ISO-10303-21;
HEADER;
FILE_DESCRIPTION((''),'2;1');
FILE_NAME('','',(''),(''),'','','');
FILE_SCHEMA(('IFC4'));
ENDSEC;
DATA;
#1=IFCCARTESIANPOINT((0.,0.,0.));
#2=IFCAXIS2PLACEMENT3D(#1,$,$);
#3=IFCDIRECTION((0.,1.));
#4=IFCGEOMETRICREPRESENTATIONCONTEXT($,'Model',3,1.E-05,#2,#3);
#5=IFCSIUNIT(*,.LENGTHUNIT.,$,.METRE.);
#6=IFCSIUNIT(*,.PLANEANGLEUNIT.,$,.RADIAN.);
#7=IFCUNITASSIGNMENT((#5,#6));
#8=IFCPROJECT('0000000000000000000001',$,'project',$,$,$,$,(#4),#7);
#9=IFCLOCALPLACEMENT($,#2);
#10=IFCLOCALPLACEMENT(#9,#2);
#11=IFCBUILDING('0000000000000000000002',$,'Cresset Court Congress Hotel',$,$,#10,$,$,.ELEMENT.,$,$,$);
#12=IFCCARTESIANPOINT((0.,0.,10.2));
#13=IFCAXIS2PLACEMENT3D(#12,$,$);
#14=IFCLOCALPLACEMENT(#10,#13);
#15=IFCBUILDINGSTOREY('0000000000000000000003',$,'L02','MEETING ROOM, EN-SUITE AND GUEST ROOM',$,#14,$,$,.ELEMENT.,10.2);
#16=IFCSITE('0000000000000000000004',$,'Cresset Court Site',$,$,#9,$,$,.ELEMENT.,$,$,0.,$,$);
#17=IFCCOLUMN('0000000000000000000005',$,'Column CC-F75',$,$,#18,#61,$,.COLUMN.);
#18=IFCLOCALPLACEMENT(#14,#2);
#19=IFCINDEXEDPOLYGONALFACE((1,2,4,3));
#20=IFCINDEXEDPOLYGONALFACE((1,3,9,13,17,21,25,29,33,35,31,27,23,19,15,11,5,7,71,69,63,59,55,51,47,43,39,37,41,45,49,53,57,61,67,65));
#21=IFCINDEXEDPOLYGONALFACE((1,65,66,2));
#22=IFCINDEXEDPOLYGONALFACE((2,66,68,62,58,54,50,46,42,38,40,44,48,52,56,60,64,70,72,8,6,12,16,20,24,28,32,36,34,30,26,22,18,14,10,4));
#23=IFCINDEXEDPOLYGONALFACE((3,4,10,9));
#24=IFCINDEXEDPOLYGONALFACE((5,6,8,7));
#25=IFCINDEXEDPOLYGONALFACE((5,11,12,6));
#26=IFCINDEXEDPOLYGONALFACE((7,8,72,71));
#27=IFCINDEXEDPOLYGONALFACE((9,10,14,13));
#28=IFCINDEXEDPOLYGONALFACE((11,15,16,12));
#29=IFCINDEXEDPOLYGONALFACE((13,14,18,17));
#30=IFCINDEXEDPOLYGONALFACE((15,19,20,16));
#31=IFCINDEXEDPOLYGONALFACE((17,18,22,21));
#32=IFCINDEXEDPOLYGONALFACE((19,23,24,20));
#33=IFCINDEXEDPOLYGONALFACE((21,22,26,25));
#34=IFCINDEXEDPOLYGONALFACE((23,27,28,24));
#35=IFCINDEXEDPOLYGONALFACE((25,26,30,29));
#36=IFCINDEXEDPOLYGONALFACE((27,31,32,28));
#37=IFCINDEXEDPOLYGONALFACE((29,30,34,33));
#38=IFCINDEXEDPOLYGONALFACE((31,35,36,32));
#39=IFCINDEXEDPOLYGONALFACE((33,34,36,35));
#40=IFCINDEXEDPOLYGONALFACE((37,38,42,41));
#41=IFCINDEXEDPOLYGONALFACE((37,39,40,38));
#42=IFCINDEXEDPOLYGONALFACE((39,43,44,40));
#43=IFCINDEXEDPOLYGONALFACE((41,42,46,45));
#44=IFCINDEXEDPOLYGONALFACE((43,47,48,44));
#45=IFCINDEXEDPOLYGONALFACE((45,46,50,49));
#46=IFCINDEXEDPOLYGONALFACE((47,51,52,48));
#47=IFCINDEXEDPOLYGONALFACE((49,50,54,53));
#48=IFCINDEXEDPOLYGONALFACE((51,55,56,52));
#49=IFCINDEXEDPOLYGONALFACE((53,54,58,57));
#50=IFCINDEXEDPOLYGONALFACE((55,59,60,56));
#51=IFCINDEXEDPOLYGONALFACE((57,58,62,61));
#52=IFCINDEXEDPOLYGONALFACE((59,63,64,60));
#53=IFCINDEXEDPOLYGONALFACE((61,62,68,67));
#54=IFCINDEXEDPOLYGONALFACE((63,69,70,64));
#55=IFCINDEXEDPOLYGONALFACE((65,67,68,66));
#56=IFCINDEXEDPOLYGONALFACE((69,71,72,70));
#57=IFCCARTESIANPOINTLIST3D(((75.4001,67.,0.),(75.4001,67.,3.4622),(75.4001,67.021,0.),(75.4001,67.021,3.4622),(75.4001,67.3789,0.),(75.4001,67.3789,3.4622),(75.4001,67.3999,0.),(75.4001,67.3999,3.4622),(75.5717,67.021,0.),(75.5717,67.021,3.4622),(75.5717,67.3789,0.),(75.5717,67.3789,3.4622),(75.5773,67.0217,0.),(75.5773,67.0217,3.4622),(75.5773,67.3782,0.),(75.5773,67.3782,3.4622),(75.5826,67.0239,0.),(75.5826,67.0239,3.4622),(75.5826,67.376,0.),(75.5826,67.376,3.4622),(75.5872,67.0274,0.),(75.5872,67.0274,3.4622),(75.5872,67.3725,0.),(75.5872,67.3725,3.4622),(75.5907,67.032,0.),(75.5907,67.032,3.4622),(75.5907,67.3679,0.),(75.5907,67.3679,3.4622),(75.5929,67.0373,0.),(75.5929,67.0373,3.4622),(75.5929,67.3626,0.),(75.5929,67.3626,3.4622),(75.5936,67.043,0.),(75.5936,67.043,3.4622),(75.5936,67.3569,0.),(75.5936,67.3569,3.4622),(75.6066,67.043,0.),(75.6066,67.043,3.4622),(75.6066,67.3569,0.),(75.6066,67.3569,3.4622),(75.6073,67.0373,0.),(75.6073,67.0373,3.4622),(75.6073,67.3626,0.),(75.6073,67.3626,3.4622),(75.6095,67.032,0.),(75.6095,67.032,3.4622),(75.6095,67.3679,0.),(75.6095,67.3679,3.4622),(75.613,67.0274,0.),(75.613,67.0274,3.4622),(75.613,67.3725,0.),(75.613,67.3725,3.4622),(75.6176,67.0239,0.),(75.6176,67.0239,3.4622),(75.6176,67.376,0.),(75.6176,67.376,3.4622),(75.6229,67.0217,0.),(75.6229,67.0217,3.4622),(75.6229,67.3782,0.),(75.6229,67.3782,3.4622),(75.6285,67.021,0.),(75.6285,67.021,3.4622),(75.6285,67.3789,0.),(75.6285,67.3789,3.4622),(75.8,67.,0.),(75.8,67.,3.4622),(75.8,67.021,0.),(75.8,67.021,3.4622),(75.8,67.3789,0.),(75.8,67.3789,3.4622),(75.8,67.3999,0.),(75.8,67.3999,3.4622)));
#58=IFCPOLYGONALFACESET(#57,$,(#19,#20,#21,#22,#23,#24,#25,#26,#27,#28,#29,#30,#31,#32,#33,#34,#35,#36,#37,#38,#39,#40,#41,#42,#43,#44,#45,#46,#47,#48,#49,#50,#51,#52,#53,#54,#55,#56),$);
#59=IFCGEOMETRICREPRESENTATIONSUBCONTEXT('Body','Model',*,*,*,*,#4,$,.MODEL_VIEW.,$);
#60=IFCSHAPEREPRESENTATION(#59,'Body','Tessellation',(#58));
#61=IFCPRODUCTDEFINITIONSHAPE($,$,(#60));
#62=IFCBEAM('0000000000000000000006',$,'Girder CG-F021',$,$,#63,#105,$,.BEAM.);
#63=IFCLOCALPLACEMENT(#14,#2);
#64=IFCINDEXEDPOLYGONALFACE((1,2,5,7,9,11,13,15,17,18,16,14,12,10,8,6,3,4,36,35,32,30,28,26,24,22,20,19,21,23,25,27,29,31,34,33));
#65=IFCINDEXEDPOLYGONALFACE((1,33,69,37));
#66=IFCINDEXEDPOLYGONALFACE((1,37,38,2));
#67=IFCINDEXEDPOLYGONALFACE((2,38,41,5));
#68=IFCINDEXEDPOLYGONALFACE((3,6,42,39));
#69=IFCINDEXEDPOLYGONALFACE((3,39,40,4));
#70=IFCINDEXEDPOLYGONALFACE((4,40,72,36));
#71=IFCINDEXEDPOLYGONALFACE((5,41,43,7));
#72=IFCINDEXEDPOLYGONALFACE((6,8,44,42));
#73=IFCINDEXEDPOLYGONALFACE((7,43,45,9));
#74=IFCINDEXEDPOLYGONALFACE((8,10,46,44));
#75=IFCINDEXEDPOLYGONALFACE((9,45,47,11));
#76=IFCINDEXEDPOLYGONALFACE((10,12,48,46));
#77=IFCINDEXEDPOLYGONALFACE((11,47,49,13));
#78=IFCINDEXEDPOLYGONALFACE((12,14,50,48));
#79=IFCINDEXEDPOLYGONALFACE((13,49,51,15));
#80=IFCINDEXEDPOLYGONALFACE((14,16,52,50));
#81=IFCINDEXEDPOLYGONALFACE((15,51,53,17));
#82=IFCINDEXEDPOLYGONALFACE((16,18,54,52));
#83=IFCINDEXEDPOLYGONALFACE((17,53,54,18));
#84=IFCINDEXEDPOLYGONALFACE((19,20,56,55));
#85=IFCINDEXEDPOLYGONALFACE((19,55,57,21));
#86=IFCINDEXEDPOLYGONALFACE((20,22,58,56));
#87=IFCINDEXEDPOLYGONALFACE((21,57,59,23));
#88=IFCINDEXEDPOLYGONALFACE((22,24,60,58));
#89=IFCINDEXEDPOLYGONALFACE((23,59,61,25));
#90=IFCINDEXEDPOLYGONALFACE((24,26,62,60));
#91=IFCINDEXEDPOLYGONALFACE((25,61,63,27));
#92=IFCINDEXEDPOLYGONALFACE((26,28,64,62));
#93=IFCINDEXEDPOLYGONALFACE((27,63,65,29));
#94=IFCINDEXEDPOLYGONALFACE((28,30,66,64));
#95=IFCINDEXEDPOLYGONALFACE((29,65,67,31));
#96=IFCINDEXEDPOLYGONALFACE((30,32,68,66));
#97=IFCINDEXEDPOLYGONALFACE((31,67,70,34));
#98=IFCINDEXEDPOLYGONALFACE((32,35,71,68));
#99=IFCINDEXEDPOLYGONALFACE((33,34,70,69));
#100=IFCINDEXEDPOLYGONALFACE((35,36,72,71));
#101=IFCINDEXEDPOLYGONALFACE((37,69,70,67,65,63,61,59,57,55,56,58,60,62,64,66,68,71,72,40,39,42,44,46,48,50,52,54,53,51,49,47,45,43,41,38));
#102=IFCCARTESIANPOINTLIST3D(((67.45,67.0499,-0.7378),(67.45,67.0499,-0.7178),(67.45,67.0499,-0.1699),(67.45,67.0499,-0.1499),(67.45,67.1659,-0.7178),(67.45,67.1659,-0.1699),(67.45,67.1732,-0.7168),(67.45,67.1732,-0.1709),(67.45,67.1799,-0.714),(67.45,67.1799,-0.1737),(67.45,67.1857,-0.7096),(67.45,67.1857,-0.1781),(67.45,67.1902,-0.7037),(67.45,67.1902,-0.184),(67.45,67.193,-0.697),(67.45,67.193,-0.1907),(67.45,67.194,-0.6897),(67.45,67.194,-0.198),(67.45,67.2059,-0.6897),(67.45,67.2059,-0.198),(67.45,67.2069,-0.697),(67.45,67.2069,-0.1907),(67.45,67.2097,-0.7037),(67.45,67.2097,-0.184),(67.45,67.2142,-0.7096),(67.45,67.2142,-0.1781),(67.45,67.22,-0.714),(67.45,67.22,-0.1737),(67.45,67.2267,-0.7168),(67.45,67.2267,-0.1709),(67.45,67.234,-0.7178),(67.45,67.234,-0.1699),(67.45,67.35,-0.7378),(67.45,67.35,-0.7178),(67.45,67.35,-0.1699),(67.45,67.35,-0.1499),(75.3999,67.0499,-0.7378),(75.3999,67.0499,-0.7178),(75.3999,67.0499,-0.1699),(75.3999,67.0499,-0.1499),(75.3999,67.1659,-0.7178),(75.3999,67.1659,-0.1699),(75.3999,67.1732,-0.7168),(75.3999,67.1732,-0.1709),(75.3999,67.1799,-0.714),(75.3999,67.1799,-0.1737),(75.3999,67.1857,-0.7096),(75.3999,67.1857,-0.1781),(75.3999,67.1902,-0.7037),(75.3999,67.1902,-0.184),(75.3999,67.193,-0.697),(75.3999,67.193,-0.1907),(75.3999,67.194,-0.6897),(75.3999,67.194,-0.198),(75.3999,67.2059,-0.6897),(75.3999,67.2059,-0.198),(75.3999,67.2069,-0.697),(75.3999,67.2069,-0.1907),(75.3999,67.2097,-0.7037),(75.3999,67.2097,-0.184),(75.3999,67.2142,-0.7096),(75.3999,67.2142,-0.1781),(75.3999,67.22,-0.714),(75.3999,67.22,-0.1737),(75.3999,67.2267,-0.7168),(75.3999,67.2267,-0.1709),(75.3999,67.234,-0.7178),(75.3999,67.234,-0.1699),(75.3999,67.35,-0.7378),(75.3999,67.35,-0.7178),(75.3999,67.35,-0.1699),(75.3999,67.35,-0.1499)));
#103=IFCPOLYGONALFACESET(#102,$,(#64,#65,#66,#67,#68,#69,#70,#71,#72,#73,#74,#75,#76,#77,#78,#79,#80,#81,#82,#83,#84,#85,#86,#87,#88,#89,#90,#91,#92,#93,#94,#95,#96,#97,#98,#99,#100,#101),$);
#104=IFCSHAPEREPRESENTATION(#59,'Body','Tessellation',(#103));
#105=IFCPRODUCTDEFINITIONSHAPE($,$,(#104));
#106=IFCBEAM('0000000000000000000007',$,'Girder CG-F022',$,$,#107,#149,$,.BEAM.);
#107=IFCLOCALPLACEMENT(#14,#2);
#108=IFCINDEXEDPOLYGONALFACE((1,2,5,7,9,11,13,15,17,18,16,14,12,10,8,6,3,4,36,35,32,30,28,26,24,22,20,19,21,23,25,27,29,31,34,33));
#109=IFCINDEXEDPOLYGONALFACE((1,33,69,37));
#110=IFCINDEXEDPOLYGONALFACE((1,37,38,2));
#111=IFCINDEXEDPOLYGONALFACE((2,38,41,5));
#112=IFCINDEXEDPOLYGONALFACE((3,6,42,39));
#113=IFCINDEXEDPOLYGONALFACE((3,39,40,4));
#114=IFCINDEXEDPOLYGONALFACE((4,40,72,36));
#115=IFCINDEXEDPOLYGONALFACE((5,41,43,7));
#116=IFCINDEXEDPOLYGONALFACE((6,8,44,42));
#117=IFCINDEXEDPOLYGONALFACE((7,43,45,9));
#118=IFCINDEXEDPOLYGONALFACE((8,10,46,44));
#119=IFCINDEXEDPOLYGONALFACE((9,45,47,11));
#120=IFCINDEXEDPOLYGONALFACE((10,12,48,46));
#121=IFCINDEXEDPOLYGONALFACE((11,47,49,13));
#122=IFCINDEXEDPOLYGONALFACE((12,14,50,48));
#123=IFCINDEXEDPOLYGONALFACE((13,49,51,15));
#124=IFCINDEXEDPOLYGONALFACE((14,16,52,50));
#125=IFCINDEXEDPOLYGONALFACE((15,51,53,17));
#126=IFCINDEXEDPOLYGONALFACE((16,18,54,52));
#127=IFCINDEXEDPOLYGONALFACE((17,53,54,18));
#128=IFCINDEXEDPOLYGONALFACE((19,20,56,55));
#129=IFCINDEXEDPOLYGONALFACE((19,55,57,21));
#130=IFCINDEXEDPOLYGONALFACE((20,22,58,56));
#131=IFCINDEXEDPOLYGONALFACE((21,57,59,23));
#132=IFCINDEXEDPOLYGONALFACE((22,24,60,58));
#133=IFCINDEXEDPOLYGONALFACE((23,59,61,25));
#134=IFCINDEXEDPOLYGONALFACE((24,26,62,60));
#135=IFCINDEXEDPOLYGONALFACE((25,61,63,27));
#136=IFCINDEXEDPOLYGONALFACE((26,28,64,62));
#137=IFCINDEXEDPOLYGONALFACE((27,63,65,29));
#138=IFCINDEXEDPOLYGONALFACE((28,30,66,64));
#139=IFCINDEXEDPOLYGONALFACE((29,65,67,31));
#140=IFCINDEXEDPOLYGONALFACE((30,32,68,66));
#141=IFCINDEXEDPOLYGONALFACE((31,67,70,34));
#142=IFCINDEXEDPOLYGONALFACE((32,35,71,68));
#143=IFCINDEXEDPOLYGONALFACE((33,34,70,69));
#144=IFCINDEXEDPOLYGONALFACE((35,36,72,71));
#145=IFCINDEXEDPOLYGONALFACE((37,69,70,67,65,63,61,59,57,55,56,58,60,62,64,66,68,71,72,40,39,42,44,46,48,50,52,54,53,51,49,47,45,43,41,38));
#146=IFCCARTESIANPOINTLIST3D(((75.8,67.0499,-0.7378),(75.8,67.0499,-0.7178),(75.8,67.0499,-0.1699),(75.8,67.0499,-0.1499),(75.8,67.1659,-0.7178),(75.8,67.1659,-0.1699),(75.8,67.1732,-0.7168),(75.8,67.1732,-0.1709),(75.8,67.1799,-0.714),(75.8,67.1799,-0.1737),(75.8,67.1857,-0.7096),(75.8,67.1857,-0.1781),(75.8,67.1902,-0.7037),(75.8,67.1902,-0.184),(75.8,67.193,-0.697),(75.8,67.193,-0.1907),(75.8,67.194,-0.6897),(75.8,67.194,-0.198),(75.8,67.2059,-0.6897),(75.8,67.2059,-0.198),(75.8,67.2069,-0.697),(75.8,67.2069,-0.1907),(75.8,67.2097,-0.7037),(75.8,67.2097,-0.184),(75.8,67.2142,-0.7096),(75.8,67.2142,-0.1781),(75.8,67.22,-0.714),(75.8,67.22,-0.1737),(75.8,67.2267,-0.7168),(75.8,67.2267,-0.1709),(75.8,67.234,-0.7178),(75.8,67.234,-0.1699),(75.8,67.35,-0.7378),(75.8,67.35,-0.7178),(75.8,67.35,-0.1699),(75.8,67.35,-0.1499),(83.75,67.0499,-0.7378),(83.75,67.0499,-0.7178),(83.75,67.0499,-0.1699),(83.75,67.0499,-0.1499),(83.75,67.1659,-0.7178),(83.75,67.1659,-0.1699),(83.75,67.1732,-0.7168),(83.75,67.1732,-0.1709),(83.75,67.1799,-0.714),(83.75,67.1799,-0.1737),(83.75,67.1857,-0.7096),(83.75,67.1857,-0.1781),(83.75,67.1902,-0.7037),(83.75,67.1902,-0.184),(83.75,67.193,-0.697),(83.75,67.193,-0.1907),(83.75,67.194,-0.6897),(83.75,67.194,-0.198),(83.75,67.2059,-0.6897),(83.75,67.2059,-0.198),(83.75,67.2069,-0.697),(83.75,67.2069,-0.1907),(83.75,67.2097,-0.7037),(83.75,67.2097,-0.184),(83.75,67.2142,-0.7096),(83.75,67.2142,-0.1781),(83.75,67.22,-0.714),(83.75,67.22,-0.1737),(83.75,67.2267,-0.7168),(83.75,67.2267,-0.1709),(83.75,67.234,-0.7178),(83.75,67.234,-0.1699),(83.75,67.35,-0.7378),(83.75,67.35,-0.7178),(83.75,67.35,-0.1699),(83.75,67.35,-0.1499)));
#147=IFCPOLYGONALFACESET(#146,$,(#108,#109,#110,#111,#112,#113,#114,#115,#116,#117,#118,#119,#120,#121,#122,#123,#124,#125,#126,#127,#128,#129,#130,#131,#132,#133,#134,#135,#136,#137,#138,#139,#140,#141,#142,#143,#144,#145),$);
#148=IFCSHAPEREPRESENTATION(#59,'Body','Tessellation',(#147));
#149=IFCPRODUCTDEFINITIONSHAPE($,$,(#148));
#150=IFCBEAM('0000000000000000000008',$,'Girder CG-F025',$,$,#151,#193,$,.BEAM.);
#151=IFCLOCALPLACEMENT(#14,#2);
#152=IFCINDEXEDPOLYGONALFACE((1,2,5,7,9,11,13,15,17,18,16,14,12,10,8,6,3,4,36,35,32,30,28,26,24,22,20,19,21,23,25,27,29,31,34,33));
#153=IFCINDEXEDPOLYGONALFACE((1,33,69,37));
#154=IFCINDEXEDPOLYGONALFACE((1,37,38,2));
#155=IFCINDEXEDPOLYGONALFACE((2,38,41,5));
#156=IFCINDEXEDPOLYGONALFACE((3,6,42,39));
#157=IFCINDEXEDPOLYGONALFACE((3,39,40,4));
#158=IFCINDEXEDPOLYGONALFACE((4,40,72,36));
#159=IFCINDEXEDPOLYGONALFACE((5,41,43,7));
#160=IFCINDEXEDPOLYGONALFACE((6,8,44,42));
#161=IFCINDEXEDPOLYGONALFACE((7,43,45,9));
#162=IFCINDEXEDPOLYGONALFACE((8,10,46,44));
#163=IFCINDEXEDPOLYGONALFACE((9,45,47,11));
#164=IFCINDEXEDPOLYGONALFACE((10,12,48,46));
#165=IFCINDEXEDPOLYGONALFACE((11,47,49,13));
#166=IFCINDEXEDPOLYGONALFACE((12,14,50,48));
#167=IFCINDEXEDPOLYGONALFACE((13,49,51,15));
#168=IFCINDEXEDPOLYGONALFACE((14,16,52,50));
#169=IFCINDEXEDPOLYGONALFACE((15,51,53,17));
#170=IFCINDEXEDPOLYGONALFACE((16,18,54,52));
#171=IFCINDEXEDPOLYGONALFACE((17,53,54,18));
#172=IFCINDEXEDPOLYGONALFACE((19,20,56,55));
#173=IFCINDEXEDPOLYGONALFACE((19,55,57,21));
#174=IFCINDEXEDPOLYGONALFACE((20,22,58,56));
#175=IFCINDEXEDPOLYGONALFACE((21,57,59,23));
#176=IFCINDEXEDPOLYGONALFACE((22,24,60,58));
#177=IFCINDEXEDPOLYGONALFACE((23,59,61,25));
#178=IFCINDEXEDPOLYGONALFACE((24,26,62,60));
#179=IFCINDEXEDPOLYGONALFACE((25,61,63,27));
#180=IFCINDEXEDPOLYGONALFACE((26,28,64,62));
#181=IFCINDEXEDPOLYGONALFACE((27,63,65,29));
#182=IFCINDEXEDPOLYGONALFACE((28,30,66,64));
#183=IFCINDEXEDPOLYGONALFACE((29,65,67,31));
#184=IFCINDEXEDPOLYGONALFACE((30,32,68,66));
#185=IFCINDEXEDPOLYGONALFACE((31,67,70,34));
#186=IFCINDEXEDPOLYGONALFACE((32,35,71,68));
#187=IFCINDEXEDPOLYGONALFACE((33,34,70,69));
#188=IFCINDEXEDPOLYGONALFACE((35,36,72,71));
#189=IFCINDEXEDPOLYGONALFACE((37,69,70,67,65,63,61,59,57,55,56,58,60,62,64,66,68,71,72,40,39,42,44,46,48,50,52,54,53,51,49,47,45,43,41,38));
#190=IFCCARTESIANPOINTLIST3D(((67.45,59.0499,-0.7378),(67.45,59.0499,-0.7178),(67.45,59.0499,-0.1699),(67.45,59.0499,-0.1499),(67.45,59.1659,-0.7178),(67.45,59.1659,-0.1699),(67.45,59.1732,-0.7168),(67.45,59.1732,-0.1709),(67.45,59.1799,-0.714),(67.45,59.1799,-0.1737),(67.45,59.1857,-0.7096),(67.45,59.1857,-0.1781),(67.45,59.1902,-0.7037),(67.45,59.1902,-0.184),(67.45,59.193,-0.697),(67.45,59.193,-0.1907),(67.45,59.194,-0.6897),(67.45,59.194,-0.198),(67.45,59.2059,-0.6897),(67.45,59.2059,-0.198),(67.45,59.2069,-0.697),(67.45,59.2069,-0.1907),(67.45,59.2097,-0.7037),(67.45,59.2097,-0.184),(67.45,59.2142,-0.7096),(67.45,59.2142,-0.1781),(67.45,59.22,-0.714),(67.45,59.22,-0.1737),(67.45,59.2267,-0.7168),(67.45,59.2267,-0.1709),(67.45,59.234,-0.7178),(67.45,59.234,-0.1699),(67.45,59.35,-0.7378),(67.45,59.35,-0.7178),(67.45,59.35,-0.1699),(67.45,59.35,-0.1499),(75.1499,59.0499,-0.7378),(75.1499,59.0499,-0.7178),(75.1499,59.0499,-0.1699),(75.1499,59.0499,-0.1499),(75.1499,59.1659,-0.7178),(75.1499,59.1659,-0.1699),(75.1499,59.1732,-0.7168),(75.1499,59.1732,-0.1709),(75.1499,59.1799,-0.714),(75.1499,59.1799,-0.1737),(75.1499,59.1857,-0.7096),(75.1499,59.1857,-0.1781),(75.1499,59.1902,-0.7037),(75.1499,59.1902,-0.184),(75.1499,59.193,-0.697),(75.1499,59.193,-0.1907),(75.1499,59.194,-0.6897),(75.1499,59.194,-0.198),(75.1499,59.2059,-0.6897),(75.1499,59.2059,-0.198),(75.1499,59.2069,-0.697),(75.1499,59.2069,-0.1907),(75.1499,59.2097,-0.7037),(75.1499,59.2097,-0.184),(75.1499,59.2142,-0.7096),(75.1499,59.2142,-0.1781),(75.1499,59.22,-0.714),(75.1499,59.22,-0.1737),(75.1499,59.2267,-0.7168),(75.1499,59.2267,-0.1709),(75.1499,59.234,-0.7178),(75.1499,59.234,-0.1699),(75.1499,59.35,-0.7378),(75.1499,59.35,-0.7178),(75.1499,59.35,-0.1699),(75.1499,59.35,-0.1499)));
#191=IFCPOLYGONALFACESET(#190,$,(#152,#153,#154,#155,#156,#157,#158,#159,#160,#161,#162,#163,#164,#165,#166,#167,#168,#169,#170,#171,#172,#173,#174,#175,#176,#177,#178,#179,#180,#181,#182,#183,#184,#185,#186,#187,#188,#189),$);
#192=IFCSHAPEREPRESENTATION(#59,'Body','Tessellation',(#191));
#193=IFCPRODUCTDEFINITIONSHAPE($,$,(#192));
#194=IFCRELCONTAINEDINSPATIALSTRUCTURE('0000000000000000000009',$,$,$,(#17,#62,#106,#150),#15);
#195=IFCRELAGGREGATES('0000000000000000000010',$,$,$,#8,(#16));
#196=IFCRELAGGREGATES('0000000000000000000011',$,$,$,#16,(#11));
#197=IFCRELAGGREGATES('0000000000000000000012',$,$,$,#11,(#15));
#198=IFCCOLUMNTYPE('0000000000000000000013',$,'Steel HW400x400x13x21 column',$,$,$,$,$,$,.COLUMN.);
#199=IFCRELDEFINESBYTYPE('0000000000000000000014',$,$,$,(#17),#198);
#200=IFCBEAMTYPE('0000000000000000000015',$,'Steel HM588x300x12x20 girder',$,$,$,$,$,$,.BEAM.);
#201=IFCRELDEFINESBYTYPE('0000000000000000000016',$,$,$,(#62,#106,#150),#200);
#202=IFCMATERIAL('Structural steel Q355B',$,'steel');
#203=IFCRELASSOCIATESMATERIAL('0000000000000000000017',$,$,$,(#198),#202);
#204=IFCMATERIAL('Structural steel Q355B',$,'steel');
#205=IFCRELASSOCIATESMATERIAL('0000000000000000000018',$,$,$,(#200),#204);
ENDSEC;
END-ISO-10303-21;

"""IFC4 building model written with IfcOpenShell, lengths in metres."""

from ifc_helpers import new_model, si_unit, direction, frame, origin, origin_2d, place, context, subcontext, project, spatial, i_section, extrude, material, material_profile, profile_set, type_object, element, save


model = new_model("IFC4")

# Units and contexts
model_context = context("Model", 3, precision=1e-05, world=origin(), true_north=direction((0.0, 1.0)))
body_context = subcontext(model_context, "Body", "Model", "MODEL_VIEW")
ifc_project = project(units=[si_unit("LENGTHUNIT", "METRE"), si_unit("PLANEANGLEUNIT", "RADIAN")], contexts=[model_context])

# Site, building, storey
site_placement = place(None, origin())
site = spatial("IfcSite", under=ifc_project, at=site_placement, Name="Cresset Court Site", CompositionType="ELEMENT", RefElevation=0.0)
building_placement = place(site_placement, origin())
building = spatial("IfcBuilding", under=site, at=building_placement, Name="Cresset Court Congress Hotel", CompositionType="ELEMENT")
storey_placement = place(building_placement, frame((0.0, 0.0, 10.2)))
storey = spatial("IfcBuildingStorey", under=building, at=storey_placement, Name="L02", Description="MEETING ROOM, EN-SUITE AND GUEST ROOM", CompositionType="ELEMENT", Elevation=10.2)

# Column
ifc_material_1 = material(Name="Structural steel Q355B", Category="steel")
ifc_material_profile_1 = material_profile(ifc_material_1, i_section(OverallWidth=0.3999, OverallDepth=0.3999, WebThickness=0.0129, FlangeThickness=0.021, FilletRadius=0.022, at=origin_2d()), Name="HW400x400x13x21")
ifc_profile_set_1 = profile_set([ifc_material_profile_1], Name="Structural steel Q355B")
column_type = type_object("IfcColumnType", Name="Steel HW400x400x13x21 column", PredefinedType="COLUMN", material=ifc_profile_set_1)
column_placement = place(storey_placement, frame((75.6001, 67.2, 0.0), z_axis=(0.0, 0.0, 1.0), x_axis=(1.0, 0.0, 0.0)))
element("IfcColumn", 1, at=column_placement, inside=storey, type_object=column_type, Name="Column CC-F75", PredefinedType="COLUMN", context=body_context, shape_type="SweptSolid", body=[
    extrude(i_section(OverallWidth=0.3999, OverallDepth=0.3999, WebThickness=0.0129, FlangeThickness=0.021, FilletRadius=0.022, at=origin_2d()), origin(), (0.0, 0.0, 1.0), 3.4622),
])

# Beams
ifc_material_2 = material(Name="Structural steel Q355B", Category="steel")
ifc_material_profile_2 = material_profile(ifc_material_2, i_section(OverallWidth=0.3, OverallDepth=0.5879, WebThickness=0.012, FlangeThickness=0.02, FilletRadius=0.0281, at=origin_2d()), Name="HM588x300x12x20")
ifc_profile_set_2 = profile_set([ifc_material_profile_2], Name="Structural steel Q355B")
beam_type_1 = type_object("IfcBeamType", Name="Steel HM588x300x12x20 girder", PredefinedType="BEAM", material=ifc_profile_set_2)
for number, where, z_axis, x_axis, name in (
    (2, (67.45, 67.2, -0.4438), (1.0, 0.0, 0.0), (0.0, 1.0, 0.0), "Girder CG-F021"),
    (3, (75.8, 67.2, -0.4438), (1.0, 0.0, 0.0), (0.0, 1.0, 0.0), "Girder CG-F022"),
):
    element("IfcBeam", number, at=place(storey_placement, frame(where, z_axis=z_axis, x_axis=x_axis)), inside=storey, type_object=beam_type_1, Name=name, PredefinedType="BEAM", context=body_context, shape_type="SweptSolid", body=[
        extrude(i_section(OverallWidth=0.3, OverallDepth=0.5879, WebThickness=0.012, FlangeThickness=0.02, FilletRadius=0.0281, at=origin_2d()), origin(), (0.0, 0.0, 1.0), 7.95),
    ])
for number, where, z_axis, x_axis, name in (
    (4, (67.45, 59.2, -0.4438), (1.0, 0.0, 0.0), (0.0, 1.0, 0.0), "Girder CG-F025"),
):
    element("IfcBeam", number, at=place(storey_placement, frame(where, z_axis=z_axis, x_axis=x_axis)), inside=storey, type_object=beam_type_1, Name=name, PredefinedType="BEAM", context=body_context, shape_type="SweptSolid", body=[
        extrude(i_section(OverallWidth=0.3, OverallDepth=0.5879, WebThickness=0.012, FlangeThickness=0.02, FilletRadius=0.0281, at=origin_2d()), origin(), (0.0, 0.0, 1.0), 7.7),
    ])

save(model, "model.ifc")
